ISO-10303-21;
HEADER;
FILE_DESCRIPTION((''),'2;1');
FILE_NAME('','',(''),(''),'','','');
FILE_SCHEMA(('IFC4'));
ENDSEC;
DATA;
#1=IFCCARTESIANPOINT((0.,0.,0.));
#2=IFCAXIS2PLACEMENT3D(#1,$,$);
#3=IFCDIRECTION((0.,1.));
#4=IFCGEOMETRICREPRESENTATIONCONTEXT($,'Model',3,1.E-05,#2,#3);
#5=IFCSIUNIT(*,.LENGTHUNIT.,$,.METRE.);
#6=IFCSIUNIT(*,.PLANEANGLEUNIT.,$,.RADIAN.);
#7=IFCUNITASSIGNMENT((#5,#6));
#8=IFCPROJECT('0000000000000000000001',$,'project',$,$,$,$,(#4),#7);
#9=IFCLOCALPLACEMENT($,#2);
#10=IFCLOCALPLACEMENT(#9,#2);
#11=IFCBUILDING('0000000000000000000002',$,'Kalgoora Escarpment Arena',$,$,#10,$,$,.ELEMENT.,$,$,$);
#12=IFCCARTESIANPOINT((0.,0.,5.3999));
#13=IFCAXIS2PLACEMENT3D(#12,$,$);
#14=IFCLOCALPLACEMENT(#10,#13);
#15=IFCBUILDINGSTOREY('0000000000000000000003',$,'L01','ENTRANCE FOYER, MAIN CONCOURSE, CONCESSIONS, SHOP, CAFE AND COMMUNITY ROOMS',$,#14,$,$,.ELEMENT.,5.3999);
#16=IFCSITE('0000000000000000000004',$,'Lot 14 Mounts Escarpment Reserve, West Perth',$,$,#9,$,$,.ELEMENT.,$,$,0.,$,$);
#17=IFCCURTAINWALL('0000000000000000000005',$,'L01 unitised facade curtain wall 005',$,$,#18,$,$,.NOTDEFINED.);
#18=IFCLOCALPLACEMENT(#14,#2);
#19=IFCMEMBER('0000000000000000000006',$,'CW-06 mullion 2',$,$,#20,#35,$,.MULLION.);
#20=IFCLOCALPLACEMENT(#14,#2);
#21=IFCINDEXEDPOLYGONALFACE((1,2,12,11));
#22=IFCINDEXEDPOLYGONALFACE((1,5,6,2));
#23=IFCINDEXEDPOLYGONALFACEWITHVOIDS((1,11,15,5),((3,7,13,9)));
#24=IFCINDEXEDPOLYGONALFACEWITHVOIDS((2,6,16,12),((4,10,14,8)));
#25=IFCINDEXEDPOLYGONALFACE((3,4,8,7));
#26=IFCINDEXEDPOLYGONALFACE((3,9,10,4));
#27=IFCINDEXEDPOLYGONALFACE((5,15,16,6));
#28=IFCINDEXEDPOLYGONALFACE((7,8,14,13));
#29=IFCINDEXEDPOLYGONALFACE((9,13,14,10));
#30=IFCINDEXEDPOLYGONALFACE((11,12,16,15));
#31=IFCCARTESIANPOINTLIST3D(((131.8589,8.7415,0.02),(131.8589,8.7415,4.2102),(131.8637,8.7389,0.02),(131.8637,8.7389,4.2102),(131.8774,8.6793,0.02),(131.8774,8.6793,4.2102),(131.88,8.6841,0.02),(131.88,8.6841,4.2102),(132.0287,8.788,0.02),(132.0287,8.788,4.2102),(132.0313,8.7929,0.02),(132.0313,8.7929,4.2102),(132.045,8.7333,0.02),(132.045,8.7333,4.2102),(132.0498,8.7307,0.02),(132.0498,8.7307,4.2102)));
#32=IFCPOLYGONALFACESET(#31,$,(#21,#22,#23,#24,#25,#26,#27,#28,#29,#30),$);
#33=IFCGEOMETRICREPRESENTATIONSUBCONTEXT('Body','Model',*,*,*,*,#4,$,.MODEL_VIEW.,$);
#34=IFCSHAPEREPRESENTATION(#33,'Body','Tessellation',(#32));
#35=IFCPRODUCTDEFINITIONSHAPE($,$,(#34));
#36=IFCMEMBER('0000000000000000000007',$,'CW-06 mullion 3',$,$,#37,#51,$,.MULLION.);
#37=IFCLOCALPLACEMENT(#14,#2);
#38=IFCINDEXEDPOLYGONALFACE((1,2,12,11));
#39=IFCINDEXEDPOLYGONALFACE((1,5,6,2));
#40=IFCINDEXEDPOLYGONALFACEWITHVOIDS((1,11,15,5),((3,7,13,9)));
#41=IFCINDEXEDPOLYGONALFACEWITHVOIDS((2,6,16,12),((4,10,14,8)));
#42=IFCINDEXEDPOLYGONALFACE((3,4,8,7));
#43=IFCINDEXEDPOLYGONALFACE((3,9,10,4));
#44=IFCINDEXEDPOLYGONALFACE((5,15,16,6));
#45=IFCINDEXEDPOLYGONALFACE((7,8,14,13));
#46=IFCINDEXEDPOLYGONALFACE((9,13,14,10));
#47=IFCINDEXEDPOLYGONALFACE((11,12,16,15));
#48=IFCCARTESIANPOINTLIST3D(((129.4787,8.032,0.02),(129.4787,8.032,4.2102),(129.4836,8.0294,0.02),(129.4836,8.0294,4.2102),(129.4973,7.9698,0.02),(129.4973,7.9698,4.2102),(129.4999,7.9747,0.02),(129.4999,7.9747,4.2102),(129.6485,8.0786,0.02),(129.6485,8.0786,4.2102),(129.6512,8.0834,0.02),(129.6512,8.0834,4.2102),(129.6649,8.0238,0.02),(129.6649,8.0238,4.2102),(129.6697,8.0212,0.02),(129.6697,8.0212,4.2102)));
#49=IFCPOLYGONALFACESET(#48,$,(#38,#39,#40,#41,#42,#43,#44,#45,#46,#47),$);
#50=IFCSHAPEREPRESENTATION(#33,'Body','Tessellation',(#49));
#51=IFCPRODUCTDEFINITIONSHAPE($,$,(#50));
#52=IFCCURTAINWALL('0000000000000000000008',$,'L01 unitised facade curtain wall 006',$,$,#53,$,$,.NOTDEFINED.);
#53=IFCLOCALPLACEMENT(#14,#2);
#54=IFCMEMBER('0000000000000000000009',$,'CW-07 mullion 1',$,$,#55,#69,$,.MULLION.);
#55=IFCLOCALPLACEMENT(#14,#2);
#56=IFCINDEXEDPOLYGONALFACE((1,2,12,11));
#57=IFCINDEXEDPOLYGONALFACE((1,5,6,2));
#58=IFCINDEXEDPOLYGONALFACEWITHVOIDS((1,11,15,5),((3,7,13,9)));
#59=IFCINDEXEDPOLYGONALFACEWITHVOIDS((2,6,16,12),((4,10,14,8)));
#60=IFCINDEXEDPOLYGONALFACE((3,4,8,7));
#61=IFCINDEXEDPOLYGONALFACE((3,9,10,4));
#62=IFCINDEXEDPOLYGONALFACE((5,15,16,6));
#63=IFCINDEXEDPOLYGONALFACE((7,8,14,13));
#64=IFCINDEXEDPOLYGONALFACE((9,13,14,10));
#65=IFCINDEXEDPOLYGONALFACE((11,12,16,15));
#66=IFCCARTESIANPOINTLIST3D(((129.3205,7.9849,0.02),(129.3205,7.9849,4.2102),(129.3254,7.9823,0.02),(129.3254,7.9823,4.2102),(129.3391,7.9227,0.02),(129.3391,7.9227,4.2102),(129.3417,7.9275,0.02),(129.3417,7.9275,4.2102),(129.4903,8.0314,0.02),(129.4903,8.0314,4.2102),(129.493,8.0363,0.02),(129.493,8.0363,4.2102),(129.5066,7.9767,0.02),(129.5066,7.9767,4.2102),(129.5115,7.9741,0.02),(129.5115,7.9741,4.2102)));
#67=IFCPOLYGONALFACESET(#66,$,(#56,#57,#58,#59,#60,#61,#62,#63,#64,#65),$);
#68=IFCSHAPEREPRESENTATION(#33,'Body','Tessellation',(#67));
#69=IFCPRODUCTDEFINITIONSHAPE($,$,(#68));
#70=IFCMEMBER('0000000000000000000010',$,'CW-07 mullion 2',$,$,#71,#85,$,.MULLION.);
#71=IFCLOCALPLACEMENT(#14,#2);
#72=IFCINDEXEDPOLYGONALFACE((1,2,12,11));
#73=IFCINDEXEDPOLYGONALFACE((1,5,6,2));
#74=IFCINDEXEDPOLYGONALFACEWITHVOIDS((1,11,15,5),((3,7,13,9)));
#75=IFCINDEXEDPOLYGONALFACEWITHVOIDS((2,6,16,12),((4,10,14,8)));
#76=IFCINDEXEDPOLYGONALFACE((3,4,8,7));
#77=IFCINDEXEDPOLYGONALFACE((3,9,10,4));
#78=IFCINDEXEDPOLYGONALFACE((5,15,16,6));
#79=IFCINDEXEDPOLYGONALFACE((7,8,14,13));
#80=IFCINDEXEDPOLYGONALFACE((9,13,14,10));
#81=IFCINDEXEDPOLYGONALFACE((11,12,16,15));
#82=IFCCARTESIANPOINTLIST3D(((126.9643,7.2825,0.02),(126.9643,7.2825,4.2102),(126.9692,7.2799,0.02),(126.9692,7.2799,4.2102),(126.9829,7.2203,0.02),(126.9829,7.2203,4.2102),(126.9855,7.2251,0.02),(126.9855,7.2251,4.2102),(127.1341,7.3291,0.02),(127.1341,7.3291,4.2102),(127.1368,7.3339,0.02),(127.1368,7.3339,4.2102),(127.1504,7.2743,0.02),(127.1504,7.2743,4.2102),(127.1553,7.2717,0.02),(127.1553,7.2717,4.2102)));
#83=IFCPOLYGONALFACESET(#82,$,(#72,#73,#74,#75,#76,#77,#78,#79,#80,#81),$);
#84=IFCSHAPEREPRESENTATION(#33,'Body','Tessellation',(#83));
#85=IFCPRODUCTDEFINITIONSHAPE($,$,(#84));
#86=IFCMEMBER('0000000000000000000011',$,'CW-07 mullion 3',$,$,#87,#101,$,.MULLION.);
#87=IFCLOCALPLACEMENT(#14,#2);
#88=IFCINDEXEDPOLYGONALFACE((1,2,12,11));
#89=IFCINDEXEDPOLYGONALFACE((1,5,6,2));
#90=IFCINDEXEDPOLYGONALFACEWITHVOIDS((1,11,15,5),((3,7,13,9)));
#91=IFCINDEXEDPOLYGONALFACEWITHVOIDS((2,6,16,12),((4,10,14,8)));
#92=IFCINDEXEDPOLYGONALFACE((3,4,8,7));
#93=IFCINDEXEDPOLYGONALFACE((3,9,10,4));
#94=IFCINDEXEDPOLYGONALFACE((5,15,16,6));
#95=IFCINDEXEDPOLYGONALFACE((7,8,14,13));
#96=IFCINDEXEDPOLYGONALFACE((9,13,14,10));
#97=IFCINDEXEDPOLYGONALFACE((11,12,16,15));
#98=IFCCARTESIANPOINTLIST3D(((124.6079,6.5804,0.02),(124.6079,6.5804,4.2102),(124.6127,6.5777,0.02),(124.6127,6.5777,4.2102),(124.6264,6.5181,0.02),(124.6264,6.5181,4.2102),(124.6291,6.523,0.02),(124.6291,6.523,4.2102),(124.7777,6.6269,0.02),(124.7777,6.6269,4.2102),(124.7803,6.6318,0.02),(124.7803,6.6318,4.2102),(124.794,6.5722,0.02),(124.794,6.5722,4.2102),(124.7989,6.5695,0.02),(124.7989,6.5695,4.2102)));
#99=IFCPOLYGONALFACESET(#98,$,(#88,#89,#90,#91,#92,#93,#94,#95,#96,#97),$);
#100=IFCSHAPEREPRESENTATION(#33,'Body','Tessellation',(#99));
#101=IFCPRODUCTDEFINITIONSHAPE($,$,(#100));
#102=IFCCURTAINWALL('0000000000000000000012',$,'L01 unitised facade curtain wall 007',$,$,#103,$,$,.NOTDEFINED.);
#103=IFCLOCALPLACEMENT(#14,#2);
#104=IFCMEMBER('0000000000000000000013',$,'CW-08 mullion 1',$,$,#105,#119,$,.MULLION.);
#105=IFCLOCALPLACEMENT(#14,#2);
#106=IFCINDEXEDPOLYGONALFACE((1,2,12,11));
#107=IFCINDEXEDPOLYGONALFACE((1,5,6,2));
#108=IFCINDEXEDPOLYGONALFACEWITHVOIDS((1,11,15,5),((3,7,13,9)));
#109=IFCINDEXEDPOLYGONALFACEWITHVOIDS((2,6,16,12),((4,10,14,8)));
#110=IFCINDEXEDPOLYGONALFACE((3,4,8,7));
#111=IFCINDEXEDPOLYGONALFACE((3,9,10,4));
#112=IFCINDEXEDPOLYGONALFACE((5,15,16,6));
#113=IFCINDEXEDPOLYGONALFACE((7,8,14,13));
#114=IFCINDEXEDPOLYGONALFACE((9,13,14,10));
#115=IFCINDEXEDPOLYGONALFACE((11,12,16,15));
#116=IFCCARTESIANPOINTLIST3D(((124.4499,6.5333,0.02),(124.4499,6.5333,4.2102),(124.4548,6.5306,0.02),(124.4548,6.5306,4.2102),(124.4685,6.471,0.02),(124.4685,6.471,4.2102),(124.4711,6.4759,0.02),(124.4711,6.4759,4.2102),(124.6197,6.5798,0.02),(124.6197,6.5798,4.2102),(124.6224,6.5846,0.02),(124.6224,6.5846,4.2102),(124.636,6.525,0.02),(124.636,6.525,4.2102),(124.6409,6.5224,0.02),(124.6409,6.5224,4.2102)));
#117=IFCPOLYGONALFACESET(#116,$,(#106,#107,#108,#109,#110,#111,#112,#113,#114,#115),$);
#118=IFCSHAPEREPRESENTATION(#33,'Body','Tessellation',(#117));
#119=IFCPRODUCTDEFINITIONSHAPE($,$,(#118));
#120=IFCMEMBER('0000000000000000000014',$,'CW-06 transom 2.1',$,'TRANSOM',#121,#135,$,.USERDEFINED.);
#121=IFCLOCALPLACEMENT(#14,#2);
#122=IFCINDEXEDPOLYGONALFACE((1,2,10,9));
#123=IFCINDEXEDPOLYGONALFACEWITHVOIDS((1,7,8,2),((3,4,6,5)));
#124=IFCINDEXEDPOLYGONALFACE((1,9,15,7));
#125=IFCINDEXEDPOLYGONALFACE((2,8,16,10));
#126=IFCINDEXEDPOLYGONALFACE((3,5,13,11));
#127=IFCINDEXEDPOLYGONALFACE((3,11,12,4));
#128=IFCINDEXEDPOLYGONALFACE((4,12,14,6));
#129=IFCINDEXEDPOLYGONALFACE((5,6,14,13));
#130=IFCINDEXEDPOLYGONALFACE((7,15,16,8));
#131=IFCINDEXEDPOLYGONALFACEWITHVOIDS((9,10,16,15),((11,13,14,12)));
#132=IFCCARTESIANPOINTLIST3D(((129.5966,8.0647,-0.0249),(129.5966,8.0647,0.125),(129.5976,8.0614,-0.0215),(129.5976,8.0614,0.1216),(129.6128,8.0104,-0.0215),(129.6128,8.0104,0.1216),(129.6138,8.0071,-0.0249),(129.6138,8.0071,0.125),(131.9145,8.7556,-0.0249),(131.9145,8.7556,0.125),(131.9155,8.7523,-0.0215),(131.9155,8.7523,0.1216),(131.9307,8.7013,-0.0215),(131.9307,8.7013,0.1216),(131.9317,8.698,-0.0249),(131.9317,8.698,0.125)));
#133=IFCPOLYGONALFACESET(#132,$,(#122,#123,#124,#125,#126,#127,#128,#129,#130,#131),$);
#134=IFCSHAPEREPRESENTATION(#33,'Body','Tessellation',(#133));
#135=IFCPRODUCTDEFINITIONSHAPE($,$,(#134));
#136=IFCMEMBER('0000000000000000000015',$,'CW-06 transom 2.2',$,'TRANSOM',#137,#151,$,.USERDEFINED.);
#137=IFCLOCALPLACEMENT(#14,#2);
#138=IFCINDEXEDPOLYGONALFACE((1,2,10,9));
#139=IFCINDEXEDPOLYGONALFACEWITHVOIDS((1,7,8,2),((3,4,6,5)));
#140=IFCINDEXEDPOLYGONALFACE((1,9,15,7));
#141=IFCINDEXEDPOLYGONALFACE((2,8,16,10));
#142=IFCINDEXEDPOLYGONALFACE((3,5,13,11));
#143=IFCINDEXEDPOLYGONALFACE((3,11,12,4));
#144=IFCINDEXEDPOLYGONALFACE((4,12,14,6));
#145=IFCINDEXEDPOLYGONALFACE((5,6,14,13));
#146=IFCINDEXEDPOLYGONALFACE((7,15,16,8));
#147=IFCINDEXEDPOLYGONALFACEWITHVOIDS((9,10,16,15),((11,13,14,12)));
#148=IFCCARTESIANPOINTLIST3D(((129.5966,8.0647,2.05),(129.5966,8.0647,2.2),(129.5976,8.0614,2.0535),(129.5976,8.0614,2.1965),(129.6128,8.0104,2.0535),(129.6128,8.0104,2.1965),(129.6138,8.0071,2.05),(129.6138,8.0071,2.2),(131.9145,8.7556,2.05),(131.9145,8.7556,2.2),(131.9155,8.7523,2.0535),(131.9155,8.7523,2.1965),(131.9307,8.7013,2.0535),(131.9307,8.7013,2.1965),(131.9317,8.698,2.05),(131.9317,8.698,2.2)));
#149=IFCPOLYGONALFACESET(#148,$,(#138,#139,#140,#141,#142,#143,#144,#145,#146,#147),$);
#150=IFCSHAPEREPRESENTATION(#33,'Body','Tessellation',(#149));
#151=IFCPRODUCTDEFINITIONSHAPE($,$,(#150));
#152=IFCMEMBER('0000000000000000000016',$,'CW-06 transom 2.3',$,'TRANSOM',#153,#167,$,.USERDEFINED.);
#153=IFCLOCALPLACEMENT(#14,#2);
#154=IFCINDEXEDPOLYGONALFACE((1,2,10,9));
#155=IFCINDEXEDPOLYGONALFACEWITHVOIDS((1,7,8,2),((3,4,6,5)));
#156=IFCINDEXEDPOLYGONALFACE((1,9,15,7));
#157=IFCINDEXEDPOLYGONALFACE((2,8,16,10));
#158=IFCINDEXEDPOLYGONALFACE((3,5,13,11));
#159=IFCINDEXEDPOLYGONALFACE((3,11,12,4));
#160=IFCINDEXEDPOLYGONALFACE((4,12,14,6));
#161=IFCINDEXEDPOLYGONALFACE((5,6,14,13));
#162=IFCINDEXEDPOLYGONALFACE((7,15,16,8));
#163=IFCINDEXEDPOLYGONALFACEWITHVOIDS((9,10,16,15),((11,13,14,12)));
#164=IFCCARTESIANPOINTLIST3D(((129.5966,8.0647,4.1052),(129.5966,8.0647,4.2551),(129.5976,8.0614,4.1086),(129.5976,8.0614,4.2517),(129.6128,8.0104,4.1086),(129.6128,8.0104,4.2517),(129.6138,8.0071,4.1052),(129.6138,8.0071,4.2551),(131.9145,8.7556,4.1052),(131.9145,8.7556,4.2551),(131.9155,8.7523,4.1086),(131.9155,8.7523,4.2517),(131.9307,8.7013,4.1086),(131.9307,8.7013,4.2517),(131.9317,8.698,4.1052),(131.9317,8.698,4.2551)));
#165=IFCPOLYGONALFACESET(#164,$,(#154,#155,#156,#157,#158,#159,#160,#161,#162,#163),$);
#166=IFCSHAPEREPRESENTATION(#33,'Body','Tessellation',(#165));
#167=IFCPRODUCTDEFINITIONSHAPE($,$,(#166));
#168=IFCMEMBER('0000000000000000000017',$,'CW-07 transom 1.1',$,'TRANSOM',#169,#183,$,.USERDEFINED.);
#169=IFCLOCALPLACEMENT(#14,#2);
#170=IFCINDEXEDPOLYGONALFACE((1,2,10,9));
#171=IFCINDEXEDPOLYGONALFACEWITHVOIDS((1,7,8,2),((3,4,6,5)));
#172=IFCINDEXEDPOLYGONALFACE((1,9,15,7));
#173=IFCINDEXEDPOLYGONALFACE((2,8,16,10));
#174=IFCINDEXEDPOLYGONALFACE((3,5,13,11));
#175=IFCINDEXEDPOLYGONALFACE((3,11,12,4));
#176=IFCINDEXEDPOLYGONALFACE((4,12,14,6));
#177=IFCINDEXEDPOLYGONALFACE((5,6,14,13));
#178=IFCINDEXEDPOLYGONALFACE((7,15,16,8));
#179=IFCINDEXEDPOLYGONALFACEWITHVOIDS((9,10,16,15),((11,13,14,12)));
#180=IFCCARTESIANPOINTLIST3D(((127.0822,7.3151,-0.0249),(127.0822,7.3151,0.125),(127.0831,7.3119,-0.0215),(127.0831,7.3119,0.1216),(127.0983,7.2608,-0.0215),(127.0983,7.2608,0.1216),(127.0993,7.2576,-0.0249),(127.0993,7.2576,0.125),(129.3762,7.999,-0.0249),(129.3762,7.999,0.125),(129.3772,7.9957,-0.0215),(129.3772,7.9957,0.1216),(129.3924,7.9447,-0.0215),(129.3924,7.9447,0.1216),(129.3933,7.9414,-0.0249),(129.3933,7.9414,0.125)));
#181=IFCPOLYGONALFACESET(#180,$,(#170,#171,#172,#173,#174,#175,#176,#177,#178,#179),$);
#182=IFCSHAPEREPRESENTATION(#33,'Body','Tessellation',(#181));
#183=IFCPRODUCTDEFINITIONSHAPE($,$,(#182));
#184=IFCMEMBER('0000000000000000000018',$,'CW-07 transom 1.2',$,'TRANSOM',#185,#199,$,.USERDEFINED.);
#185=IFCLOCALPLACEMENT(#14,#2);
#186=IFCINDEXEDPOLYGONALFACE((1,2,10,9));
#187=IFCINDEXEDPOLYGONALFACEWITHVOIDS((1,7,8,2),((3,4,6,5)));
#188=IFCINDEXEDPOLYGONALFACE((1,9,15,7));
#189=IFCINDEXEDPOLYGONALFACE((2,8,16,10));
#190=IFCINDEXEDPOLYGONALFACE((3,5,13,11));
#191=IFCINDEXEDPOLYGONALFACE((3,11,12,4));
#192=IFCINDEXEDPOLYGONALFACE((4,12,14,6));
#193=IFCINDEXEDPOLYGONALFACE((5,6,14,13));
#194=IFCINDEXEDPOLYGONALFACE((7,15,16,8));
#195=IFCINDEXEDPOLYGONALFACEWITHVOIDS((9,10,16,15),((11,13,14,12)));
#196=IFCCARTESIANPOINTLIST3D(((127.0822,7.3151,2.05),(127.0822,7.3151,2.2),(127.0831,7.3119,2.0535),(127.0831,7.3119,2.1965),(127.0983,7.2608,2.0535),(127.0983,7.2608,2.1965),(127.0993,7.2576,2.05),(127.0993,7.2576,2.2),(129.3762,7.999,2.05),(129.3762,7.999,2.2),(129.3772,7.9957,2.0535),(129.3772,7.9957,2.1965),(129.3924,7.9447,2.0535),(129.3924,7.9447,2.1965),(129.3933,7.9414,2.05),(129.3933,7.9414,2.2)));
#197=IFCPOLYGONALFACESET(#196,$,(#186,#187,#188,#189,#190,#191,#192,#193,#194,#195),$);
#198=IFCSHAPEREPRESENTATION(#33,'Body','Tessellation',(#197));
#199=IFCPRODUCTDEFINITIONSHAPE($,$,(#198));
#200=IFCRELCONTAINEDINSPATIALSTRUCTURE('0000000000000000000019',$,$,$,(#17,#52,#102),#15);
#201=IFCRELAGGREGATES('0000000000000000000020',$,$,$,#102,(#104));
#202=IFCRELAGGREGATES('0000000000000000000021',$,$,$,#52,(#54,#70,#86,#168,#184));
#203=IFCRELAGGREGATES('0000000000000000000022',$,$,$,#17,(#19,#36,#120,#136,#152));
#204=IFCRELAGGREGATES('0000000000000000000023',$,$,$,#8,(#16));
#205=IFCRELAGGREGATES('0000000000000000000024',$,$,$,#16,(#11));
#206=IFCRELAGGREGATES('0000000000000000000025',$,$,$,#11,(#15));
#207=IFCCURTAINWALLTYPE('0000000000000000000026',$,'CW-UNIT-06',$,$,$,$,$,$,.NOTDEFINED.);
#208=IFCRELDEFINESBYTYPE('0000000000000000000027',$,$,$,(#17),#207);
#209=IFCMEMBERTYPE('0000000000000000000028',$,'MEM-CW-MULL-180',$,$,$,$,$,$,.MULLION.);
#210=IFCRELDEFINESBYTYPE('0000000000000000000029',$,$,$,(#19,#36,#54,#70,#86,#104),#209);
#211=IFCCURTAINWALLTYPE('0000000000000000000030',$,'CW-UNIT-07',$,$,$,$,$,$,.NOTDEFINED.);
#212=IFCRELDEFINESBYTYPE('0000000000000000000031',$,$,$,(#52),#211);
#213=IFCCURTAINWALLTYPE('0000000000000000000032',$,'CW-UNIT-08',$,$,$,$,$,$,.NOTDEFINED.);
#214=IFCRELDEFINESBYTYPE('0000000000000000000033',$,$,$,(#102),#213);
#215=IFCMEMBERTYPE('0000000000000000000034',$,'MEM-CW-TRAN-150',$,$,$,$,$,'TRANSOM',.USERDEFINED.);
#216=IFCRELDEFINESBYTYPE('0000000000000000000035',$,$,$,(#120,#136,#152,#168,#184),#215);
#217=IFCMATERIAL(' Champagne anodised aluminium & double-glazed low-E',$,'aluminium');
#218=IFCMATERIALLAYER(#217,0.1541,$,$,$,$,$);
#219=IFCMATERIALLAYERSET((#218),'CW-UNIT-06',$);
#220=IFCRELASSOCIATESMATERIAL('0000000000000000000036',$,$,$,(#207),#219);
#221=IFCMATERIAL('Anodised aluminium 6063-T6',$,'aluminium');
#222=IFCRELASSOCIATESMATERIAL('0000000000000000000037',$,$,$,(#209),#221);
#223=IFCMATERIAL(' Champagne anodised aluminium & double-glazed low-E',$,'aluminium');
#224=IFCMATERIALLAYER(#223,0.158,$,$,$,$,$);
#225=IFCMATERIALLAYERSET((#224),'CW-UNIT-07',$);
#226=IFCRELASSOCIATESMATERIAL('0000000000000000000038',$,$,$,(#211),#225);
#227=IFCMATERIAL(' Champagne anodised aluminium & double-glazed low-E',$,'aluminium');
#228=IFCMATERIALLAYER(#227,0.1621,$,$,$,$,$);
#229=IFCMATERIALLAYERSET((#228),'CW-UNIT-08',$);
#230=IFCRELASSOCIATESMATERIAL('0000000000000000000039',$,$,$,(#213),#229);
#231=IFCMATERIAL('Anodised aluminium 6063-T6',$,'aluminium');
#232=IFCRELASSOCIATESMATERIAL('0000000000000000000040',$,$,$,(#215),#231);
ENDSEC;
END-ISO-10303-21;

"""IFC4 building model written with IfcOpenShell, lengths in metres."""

from ifc_helpers import new_model, si_unit, direction, frame, origin, origin_2d, place, context, subcontext, project, spatial, hollow_rectangle, extrude, material, layer, layer_set, material_profile, profile_set, type_object, element, aggregate, save


model = new_model("IFC4")

# Units and contexts
model_context = context("Model", 3, precision=1e-05, world=origin(), true_north=direction((0.0, 1.0)))
body_context = subcontext(model_context, "Body", "Model", "MODEL_VIEW")
ifc_project = project(units=[si_unit("LENGTHUNIT", "METRE"), si_unit("PLANEANGLEUNIT", "RADIAN")], contexts=[model_context])

# Site, building, storey
site_placement = place(None, origin())
site = spatial("IfcSite", under=ifc_project, at=site_placement, Name="Lot 14 Mounts Escarpment Reserve, West Perth", CompositionType="ELEMENT", RefElevation=0.0)
building_placement = place(site_placement, origin())
building = spatial("IfcBuilding", under=site, at=building_placement, Name="Kalgoora Escarpment Arena", CompositionType="ELEMENT")
storey_placement = place(building_placement, frame((0.0, 0.0, 5.3999)))
storey = spatial("IfcBuildingStorey", under=building, at=storey_placement, Name="L01", Description="ENTRANCE FOYER, MAIN CONCOURSE, CONCESSIONS, SHOP, CAFE AND COMMUNITY ROOMS", CompositionType="ELEMENT", Elevation=5.3999)

# Curtain walls, members
ifc_material_1 = material(Name=" Champagne anodised aluminium & double-glazed low-E", Category="aluminium")
ifc_layer_1 = layer(ifc_material_1, 0.1541)
ifc_layer_set_1 = layer_set([ifc_layer_1], Name="CW-UNIT-06")
curtain_wall_type_1 = type_object("IfcCurtainWallType", Name="CW-UNIT-06", PredefinedType="NOTDEFINED", material=ifc_layer_set_1)
curtain_wall_1_placement = place(storey_placement, origin())
curtain_wall_1 = element("IfcCurtainWall", 1, at=curtain_wall_1_placement, inside=storey, type_object=curtain_wall_type_1, Name="L01 unitised facade curtain wall 005", PredefinedType="NOTDEFINED")
ifc_material_2 = material(Name="Anodised aluminium 6063-T6", Category="aluminium")
ifc_material_profile_1 = material_profile(ifc_material_2, hollow_rectangle(XDim=0.0649, YDim=0.1799, WallThickness=0.0039, at=origin_2d()))
ifc_profile_set_1 = profile_set([ifc_material_profile_1], Name="Anodised aluminium 6063-T6")
member_type_1 = type_object("IfcMemberType", Name="MEM-CW-MULL-180", PredefinedType="MULLION", material=ifc_profile_set_1)
member_1_placement = place(storey_placement, frame((131.9543, 8.7361, 0.02), z_axis=(0.0, 0.0, 1.0), x_axis=(0.285632, -0.958339, 0.0)))
member_1 = element("IfcMember", 2, at=member_1_placement, type_object=member_type_1, Name="CW-06 mullion 2", PredefinedType="MULLION", context=body_context, shape_type="SweptSolid", body=[
    extrude(hollow_rectangle(XDim=0.0649, YDim=0.1799, WallThickness=0.0039, at=origin_2d()), origin(), (0.0, 0.0, 1.0), 4.1902),
])
member_2_placement = place(storey_placement, frame((129.5742, 8.0266, 0.02), z_axis=(0.0, 0.0, 1.0), x_axis=(0.285632, -0.958339, 0.0)))
member_2 = element("IfcMember", 3, at=member_2_placement, type_object=member_type_1, Name="CW-06 mullion 3", PredefinedType="MULLION", context=body_context, shape_type="SweptSolid", body=[
    extrude(hollow_rectangle(XDim=0.0649, YDim=0.1799, WallThickness=0.0039, at=origin_2d()), origin(), (0.0, 0.0, 1.0), 4.1902),
])
ifc_material_3 = material(Name=" Champagne anodised aluminium & double-glazed low-E", Category="aluminium")
ifc_layer_2 = layer(ifc_material_3, 0.158)
ifc_layer_set_2 = layer_set([ifc_layer_2], Name="CW-UNIT-07")
curtain_wall_type_2 = type_object("IfcCurtainWallType", Name="CW-UNIT-07", PredefinedType="NOTDEFINED", material=ifc_layer_set_2)
curtain_wall_2_placement = place(storey_placement, origin())
curtain_wall_2 = element("IfcCurtainWall", 4, at=curtain_wall_2_placement, inside=storey, type_object=curtain_wall_type_2, Name="L01 unitised facade curtain wall 006", PredefinedType="NOTDEFINED")
member_3_placement = place(storey_placement, frame((129.416, 7.9795, 0.02), z_axis=(0.0, 0.0, 1.0), x_axis=(0.285628, -0.958341, 0.0)))
member_3 = element("IfcMember", 5, at=member_3_placement, type_object=member_type_1, Name="CW-07 mullion 1", PredefinedType="MULLION", context=body_context, shape_type="SweptSolid", body=[
    extrude(hollow_rectangle(XDim=0.0649, YDim=0.1799, WallThickness=0.0039, at=origin_2d()), origin(), (0.0, 0.0, 1.0), 4.1902),
])
member_4_placement = place(storey_placement, frame((127.0598, 7.2771, 0.02), z_axis=(0.0, 0.0, 1.0), x_axis=(0.285628, -0.958341, 0.0)))
member_4 = element("IfcMember", 6, at=member_4_placement, type_object=member_type_1, Name="CW-07 mullion 2", PredefinedType="MULLION", context=body_context, shape_type="SweptSolid", body=[
    extrude(hollow_rectangle(XDim=0.0649, YDim=0.1799, WallThickness=0.0039, at=origin_2d()), origin(), (0.0, 0.0, 1.0), 4.1902),
])
member_5_placement = place(storey_placement, frame((124.7034, 6.575, 0.02), z_axis=(0.0, 0.0, 1.0), x_axis=(0.285628, -0.958341, 0.0)))
member_5 = element("IfcMember", 7, at=member_5_placement, type_object=member_type_1, Name="CW-07 mullion 3", PredefinedType="MULLION", context=body_context, shape_type="SweptSolid", body=[
    extrude(hollow_rectangle(XDim=0.0649, YDim=0.1799, WallThickness=0.0039, at=origin_2d()), origin(), (0.0, 0.0, 1.0), 4.1902),
])

# Curtain wall, member
ifc_material_4 = material(Name=" Champagne anodised aluminium & double-glazed low-E", Category="aluminium")
ifc_layer_3 = layer(ifc_material_4, 0.1621)
ifc_layer_set_3 = layer_set([ifc_layer_3], Name="CW-UNIT-08")
curtain_wall_type_3 = type_object("IfcCurtainWallType", Name="CW-UNIT-08", PredefinedType="NOTDEFINED", material=ifc_layer_set_3)
curtain_wall_3_placement = place(storey_placement, origin())
curtain_wall_3 = element("IfcCurtainWall", 8, at=curtain_wall_3_placement, inside=storey, type_object=curtain_wall_type_3, Name="L01 unitised facade curtain wall 007", PredefinedType="NOTDEFINED")
member_6_placement = place(storey_placement, frame((124.5454, 6.5278, 0.02), z_axis=(0.0, 0.0, 1.0), x_axis=(0.285622, -0.958342, 0.0)))
member_6 = element("IfcMember", 9, at=member_6_placement, type_object=member_type_1, Name="CW-08 mullion 1", PredefinedType="MULLION", context=body_context, shape_type="SweptSolid", body=[
    extrude(hollow_rectangle(XDim=0.0649, YDim=0.1799, WallThickness=0.0039, at=origin_2d()), origin(), (0.0, 0.0, 1.0), 4.1902),
])

# Members
ifc_material_5 = material(Name="Anodised aluminium 6063-T6", Category="aluminium")
ifc_material_profile_2 = material_profile(ifc_material_5, hollow_rectangle(XDim=0.0601, YDim=0.1499, WallThickness=0.0034, at=origin_2d()))
ifc_profile_set_2 = profile_set([ifc_material_profile_2], Name="Anodised aluminium 6063-T6")
member_type_2 = type_object("IfcMemberType", Name="MEM-CW-TRAN-150", ElementType="TRANSOM", PredefinedType="USERDEFINED", material=ifc_profile_set_2)
member_7_placement = place(storey_placement, frame((131.9231, 8.7268, 0.05), z_axis=(-0.95833, -0.285662, 0.0), x_axis=(0.285662, -0.95833, 0.0)))
member_7 = element("IfcMember", 10, at=member_7_placement, type_object=member_type_2, Name="CW-06 transom 2.1", ObjectType="TRANSOM", PredefinedType="USERDEFINED", context=body_context, shape_type="SweptSolid", body=[
    extrude(hollow_rectangle(XDim=0.0601, YDim=0.1499, WallThickness=0.0034, at=origin_2d()), origin(), (0.0, 0.0, 1.0), 2.4187),
])
member_8_placement = place(storey_placement, frame((131.9231, 8.7268, 2.125), z_axis=(-0.95833, -0.285662, 0.0), x_axis=(0.285662, -0.95833, 0.0)))
member_8 = element("IfcMember", 11, at=member_8_placement, type_object=member_type_2, Name="CW-06 transom 2.2", ObjectType="TRANSOM", PredefinedType="USERDEFINED", context=body_context, shape_type="SweptSolid", body=[
    extrude(hollow_rectangle(XDim=0.0601, YDim=0.1499, WallThickness=0.0034, at=origin_2d()), origin(), (0.0, 0.0, 1.0), 2.4187),
])
member_9_placement = place(storey_placement, frame((131.9231, 8.7268, 4.1802), z_axis=(-0.95833, -0.285662, 0.0), x_axis=(0.285662, -0.95833, 0.0)))
member_9 = element("IfcMember", 12, at=member_9_placement, type_object=member_type_2, Name="CW-06 transom 2.3", ObjectType="TRANSOM", PredefinedType="USERDEFINED", context=body_context, shape_type="SweptSolid", body=[
    extrude(hollow_rectangle(XDim=0.0601, YDim=0.1499, WallThickness=0.0034, at=origin_2d()), origin(), (0.0, 0.0, 1.0), 2.4187),
])
member_10_placement = place(storey_placement, frame((129.3848, 7.9702, 0.05), z_axis=(-0.958325, -0.285682, 0.0), x_axis=(0.285682, -0.958325, 0.0)))
member_10 = element("IfcMember", 13, at=member_10_placement, type_object=member_type_2, Name="CW-07 transom 1.1", ObjectType="TRANSOM", PredefinedType="USERDEFINED", context=body_context, shape_type="SweptSolid", body=[
    extrude(hollow_rectangle(XDim=0.0601, YDim=0.1499, WallThickness=0.0034, at=origin_2d()), origin(), (0.0, 0.0, 1.0), 2.3938),
])
member_11_placement = place(storey_placement, frame((129.3848, 7.9702, 2.125), z_axis=(-0.958325, -0.285682, 0.0), x_axis=(0.285682, -0.958325, 0.0)))
member_11 = element("IfcMember", 14, at=member_11_placement, type_object=member_type_2, Name="CW-07 transom 1.2", ObjectType="TRANSOM", PredefinedType="USERDEFINED", context=body_context, shape_type="SweptSolid", body=[
    extrude(hollow_rectangle(XDim=0.0601, YDim=0.1499, WallThickness=0.0034, at=origin_2d()), origin(), (0.0, 0.0, 1.0), 2.3938),
])
aggregate(curtain_wall_3, [member_6])

aggregate(curtain_wall_2, [member_3, member_4, member_5, member_10, member_11])
aggregate(curtain_wall_1, [member_1, member_2, member_7, member_8, member_9])

save(model, "model.ifc")
